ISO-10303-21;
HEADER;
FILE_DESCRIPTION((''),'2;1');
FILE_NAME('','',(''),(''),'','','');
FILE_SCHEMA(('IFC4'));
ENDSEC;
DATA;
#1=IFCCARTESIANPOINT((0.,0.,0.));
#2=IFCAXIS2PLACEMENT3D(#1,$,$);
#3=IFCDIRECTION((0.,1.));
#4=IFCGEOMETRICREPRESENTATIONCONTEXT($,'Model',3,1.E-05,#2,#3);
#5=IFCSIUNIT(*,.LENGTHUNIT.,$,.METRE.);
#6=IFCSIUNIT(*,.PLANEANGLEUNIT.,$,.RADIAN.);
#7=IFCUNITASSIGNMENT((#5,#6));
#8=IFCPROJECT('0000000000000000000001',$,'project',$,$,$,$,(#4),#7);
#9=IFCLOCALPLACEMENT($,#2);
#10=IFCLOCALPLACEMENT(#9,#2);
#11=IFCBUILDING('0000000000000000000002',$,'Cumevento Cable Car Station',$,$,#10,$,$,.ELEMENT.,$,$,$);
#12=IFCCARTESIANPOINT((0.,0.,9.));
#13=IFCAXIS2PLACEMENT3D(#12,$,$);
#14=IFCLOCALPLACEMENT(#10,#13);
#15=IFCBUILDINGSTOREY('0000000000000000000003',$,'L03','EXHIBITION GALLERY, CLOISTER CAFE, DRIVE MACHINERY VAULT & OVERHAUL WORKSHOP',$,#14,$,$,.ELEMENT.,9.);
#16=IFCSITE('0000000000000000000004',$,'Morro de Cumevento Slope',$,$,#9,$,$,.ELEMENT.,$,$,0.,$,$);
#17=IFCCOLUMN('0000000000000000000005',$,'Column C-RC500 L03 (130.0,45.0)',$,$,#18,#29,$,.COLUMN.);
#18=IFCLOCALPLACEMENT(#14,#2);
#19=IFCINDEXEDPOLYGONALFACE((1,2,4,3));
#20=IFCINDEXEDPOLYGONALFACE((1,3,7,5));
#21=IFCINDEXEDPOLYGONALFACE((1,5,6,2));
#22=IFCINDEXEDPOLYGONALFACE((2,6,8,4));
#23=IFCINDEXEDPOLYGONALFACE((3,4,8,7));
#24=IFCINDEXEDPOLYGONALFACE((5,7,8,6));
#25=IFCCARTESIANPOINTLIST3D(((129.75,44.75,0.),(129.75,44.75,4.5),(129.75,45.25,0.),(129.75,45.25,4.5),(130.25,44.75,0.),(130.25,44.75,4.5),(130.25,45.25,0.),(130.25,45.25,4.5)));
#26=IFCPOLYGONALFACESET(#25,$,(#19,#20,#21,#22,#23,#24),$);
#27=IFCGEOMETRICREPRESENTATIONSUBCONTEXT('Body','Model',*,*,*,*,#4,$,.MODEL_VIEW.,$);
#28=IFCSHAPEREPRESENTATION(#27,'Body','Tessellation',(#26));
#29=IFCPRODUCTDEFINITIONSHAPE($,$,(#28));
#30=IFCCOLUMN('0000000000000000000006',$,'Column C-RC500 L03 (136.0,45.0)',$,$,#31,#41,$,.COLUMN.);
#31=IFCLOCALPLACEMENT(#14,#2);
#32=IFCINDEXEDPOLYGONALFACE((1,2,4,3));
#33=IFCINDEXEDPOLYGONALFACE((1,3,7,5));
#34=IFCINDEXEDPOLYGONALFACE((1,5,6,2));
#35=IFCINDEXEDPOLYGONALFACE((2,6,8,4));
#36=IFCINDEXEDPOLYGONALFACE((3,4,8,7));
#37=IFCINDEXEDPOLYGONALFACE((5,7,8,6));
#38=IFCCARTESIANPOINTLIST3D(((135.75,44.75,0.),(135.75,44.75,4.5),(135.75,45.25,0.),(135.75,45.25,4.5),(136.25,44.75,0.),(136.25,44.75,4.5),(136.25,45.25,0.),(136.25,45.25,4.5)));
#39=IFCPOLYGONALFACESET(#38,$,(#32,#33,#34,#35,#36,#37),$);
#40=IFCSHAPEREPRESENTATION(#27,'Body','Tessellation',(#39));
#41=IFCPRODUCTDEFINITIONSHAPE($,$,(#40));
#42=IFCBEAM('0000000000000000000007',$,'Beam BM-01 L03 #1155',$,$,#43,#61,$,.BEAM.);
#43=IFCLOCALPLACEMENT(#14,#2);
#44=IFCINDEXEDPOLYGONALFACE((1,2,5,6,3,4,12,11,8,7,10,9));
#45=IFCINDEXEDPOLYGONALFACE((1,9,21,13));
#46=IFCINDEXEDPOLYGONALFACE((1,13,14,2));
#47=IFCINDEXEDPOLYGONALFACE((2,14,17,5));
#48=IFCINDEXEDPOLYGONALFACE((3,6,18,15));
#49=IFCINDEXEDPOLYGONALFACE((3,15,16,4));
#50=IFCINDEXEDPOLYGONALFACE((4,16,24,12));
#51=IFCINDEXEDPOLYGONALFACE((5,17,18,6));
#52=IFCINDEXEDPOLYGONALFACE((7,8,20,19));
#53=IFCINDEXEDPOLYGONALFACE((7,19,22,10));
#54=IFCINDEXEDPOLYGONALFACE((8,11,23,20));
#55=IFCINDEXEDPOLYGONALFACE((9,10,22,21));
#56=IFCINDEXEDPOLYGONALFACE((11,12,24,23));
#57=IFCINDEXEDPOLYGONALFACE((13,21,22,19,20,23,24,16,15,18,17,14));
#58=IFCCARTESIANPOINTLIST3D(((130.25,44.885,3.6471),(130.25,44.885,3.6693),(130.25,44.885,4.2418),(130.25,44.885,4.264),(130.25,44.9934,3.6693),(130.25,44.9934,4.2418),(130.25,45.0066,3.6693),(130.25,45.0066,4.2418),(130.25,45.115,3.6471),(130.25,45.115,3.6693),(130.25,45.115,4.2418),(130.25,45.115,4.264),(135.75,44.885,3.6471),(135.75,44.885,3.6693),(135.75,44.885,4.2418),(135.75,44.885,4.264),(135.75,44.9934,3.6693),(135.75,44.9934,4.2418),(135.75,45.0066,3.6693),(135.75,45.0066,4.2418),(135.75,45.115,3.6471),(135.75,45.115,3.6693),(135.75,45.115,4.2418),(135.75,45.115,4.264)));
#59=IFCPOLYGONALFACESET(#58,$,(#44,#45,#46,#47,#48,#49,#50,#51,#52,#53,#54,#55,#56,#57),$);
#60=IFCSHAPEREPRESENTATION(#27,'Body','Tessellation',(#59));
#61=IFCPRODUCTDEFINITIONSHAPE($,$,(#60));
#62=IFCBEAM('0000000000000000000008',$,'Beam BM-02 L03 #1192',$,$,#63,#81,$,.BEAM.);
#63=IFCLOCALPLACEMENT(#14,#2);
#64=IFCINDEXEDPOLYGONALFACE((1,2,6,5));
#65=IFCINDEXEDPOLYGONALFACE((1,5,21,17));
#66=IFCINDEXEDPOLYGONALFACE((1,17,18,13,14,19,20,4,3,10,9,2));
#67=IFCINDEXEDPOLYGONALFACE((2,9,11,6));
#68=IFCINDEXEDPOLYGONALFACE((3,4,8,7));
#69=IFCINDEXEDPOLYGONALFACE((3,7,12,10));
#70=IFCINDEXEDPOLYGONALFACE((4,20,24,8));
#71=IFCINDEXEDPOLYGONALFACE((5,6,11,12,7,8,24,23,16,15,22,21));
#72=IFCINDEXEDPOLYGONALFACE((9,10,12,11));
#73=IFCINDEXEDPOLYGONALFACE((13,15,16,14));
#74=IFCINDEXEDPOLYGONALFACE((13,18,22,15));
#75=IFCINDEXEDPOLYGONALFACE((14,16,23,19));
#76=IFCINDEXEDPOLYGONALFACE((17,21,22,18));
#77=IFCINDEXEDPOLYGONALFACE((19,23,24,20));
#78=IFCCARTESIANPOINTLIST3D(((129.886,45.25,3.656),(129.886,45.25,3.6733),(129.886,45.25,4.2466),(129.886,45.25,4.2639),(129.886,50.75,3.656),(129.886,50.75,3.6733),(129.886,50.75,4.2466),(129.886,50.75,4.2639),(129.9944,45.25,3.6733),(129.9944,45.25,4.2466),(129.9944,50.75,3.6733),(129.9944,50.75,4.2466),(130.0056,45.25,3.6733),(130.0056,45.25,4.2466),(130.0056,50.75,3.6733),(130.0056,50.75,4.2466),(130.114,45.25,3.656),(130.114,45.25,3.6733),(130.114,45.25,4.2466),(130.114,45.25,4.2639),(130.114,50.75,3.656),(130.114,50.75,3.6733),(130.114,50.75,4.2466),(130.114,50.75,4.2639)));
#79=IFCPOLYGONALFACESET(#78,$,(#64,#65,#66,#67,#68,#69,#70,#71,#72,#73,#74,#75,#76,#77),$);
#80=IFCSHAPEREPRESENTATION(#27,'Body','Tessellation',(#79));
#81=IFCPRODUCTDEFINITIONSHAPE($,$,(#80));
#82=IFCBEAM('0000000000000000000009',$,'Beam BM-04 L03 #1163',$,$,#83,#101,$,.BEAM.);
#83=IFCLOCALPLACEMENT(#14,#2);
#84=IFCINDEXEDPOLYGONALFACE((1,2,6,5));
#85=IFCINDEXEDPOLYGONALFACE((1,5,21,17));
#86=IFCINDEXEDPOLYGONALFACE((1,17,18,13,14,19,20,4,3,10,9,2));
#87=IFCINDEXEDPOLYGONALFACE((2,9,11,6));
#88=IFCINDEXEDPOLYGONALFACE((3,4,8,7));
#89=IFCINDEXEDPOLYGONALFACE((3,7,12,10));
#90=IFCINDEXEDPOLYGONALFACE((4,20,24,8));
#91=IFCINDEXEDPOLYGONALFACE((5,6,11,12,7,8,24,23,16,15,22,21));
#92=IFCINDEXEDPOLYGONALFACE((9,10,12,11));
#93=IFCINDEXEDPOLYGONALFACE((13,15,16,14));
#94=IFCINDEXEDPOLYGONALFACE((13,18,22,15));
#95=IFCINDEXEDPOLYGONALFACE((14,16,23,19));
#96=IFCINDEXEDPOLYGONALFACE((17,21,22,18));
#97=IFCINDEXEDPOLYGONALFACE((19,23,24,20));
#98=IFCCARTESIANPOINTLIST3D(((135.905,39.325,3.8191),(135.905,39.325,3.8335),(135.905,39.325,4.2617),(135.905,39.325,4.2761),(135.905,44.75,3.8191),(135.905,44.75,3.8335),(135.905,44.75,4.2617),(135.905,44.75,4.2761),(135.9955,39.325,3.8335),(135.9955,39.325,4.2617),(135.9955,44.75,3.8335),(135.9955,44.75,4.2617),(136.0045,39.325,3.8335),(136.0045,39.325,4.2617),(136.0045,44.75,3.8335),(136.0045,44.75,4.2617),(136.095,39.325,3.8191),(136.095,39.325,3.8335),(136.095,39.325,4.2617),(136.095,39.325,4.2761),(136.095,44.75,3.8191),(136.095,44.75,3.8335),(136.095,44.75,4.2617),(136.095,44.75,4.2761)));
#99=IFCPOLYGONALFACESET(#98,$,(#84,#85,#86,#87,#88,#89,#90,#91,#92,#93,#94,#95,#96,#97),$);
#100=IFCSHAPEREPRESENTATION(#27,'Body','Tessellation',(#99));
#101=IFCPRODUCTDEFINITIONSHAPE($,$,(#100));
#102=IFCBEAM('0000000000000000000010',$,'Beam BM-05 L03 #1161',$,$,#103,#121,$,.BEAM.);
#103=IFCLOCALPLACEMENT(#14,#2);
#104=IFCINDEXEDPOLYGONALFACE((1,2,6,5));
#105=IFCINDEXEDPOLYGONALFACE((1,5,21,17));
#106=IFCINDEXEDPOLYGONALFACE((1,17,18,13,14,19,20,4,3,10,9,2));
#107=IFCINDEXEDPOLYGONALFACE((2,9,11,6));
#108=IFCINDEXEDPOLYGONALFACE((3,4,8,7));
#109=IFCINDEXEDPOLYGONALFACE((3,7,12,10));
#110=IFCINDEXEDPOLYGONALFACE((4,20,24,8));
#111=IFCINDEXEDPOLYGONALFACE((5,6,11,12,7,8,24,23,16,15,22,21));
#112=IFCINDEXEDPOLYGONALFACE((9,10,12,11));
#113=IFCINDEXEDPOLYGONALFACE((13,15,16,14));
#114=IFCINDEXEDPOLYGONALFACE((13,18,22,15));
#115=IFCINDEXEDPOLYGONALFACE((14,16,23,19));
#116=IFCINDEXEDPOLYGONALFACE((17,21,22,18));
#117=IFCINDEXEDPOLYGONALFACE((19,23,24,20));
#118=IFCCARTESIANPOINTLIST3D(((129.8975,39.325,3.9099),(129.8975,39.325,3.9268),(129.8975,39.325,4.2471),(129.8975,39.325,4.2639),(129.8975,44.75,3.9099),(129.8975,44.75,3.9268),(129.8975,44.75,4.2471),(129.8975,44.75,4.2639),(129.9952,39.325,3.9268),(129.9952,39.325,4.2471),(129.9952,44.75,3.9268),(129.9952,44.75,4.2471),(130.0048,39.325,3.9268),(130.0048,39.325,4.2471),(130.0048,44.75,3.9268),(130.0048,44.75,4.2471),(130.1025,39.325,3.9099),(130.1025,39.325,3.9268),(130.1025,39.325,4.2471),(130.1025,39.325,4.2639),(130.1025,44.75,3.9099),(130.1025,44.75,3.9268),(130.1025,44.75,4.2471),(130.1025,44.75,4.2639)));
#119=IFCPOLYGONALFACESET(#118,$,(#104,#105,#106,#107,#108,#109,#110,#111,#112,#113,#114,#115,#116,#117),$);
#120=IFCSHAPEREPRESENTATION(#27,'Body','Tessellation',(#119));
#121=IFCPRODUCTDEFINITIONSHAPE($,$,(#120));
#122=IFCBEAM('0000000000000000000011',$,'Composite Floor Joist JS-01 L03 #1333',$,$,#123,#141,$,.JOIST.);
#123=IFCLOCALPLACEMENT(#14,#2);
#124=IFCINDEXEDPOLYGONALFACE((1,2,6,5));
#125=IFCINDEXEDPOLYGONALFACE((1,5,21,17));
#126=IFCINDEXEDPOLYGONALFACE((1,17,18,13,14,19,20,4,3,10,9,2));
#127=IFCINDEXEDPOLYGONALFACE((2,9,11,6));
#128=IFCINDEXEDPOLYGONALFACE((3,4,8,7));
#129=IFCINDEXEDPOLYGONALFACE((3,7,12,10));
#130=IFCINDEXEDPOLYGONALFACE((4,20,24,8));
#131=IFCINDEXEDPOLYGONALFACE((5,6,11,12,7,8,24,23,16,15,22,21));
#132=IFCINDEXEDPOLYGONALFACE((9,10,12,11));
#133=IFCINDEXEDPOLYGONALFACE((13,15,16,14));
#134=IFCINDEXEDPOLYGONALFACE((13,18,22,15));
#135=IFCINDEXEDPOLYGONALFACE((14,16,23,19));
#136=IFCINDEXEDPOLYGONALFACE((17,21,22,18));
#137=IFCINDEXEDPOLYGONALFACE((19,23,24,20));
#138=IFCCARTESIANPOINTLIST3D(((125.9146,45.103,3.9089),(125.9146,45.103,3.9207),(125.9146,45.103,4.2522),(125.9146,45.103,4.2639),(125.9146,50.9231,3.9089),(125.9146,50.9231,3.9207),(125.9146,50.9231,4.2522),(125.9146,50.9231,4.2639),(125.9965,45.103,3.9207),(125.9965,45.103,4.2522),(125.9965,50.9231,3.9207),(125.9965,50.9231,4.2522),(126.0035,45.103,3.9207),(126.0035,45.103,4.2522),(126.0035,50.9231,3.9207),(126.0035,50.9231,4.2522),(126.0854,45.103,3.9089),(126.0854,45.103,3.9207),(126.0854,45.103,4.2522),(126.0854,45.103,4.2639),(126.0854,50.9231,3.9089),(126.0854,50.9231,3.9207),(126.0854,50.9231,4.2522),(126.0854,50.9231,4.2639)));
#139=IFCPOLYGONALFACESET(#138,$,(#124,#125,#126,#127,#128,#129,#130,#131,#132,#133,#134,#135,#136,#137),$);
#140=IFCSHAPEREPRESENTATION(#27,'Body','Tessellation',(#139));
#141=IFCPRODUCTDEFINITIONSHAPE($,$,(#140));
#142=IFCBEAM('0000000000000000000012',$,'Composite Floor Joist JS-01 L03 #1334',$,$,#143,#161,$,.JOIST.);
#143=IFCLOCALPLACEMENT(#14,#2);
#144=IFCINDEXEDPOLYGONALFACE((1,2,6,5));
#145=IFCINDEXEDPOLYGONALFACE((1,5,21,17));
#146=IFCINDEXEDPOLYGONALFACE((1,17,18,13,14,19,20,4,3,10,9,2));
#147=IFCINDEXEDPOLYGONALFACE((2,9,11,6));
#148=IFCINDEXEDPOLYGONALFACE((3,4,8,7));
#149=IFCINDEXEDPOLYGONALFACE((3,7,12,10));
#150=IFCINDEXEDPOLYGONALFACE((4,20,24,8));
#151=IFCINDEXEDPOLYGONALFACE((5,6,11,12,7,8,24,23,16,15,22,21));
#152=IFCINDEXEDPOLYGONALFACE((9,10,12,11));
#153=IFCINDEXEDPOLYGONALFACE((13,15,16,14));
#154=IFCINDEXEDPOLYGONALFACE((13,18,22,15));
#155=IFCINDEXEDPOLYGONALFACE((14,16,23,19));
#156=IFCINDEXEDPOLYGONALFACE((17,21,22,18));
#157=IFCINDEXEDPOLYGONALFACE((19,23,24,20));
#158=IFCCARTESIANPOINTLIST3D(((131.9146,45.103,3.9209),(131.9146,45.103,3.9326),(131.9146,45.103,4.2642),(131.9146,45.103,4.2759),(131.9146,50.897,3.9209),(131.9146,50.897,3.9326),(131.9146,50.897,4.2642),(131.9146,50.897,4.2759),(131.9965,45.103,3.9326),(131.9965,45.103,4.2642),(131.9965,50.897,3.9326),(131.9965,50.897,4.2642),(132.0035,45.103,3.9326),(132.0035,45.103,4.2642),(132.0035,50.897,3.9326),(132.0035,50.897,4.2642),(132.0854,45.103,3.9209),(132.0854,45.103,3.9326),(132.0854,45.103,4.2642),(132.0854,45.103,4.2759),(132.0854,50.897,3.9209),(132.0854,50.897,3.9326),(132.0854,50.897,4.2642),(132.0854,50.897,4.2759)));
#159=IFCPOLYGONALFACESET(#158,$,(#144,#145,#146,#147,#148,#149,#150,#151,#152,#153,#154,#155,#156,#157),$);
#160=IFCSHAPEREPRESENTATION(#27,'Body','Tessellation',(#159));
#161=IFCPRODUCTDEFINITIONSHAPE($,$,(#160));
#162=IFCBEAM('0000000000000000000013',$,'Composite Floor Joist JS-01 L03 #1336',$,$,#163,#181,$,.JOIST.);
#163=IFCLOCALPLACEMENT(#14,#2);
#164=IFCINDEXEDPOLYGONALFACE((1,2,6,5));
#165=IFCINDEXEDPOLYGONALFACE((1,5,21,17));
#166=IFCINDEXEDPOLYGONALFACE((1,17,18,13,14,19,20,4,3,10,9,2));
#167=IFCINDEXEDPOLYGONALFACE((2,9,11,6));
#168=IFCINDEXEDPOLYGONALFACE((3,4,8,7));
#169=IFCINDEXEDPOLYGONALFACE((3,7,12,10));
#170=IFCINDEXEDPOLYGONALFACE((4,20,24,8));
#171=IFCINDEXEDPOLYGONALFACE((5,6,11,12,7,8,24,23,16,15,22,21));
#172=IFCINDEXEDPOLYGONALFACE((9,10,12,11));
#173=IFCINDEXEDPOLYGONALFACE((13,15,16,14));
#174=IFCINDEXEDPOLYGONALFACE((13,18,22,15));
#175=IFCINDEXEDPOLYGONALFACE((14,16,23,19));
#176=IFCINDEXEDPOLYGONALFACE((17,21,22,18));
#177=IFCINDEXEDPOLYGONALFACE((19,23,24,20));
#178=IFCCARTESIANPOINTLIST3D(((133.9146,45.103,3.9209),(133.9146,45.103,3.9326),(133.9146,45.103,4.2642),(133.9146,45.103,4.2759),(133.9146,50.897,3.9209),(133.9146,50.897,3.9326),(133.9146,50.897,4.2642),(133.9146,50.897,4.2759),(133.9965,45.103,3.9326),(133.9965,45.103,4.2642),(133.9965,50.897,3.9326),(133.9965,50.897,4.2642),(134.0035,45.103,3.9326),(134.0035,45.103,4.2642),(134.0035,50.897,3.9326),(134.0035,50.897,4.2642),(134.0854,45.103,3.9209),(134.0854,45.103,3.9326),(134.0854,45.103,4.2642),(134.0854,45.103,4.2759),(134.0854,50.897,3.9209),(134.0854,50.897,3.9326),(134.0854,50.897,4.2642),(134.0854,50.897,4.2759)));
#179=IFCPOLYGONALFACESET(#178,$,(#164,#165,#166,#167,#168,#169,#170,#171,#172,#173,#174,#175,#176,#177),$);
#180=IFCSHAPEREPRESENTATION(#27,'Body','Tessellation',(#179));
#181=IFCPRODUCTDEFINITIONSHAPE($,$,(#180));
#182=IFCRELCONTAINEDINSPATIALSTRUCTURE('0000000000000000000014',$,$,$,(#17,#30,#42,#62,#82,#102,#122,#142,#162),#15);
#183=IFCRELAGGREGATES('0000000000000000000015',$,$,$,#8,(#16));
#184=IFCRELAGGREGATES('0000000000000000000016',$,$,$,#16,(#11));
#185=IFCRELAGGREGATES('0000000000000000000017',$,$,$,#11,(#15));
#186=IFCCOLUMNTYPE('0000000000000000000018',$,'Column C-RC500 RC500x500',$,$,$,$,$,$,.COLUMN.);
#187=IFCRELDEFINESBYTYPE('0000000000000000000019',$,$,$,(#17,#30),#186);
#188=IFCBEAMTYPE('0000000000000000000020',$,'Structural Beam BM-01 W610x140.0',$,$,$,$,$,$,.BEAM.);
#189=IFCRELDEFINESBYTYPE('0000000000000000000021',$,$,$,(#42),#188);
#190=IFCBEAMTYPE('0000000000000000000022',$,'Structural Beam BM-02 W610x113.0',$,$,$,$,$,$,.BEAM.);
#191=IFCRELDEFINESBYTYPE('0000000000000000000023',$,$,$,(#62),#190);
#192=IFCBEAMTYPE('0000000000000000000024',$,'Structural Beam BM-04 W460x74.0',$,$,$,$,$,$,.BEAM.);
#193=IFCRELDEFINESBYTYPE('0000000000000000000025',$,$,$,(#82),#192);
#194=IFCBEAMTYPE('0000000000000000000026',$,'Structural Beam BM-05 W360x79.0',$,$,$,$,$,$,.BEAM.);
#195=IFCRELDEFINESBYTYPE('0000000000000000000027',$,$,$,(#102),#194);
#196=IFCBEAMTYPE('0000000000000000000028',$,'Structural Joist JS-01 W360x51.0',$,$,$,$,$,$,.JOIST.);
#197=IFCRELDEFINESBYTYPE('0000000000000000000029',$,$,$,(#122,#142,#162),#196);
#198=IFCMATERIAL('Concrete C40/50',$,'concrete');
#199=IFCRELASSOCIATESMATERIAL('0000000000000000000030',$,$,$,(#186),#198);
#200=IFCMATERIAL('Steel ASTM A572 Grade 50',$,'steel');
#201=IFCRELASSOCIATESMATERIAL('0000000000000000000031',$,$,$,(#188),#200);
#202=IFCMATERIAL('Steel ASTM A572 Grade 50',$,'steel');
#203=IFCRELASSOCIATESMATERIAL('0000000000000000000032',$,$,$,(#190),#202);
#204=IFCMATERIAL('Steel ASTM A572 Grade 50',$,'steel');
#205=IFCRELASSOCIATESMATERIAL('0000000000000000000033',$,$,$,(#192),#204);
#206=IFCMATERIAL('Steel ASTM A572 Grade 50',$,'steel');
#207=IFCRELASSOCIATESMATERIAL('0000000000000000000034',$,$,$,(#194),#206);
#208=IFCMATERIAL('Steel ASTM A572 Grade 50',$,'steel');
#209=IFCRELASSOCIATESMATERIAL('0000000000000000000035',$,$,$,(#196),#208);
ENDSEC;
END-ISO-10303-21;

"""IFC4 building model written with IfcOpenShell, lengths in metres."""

from ifc_helpers import new_model, si_unit, direction, frame, origin, origin_2d, place, context, subcontext, project, spatial, rectangle, i_section, extrude, material, material_profile, profile_set, type_object, element, save


model = new_model("IFC4")

# Units and contexts
model_context = context("Model", 3, precision=1e-05, world=origin(), true_north=direction((0.0, 1.0)))
body_context = subcontext(model_context, "Body", "Model", "MODEL_VIEW")
ifc_project = project(units=[si_unit("LENGTHUNIT", "METRE"), si_unit("PLANEANGLEUNIT", "RADIAN")], contexts=[model_context])

# Site, building, storey
site_placement = place(None, origin())
site = spatial("IfcSite", under=ifc_project, at=site_placement, Name="Morro de Cumevento Slope", CompositionType="ELEMENT", RefElevation=0.0)
building_placement = place(site_placement, origin())
building = spatial("IfcBuilding", under=site, at=building_placement, Name="Cumevento Cable Car Station", CompositionType="ELEMENT")
storey_placement = place(building_placement, frame((0.0, 0.0, 9.0)))
storey = spatial("IfcBuildingStorey", under=building, at=storey_placement, Name="L03", Description="EXHIBITION GALLERY, CLOISTER CAFE, DRIVE MACHINERY VAULT & OVERHAUL WORKSHOP", CompositionType="ELEMENT", Elevation=9.0)

# Columns
ifc_material_1 = material(Name="Concrete C40/50", Category="concrete")
ifc_material_profile_1 = material_profile(ifc_material_1, rectangle(XDim=0.5, YDim=0.5, at=origin_2d()), Name="RC500x500")
ifc_profile_set_1 = profile_set([ifc_material_profile_1], Name="Concrete C40/50")
column_type = type_object("IfcColumnType", Name="Column C-RC500 RC500x500", PredefinedType="COLUMN", material=ifc_profile_set_1)
for number, where, z_axis, x_axis, name in (
    (1, (130.0, 45.0, 0.0), (0.0, 0.0, 1.0), (1.0, 0.0, 0.0), "Column C-RC500 L03 (130.0,45.0)"),
    (2, (136.0, 45.0, 0.0), (0.0, 0.0, 1.0), (1.0, 0.0, 0.0), "Column C-RC500 L03 (136.0,45.0)"),
):
    element("IfcColumn", number, at=place(storey_placement, frame(where, z_axis=z_axis, x_axis=x_axis)), inside=storey, type_object=column_type, Name=name, PredefinedType="COLUMN", context=body_context, shape_type="SweptSolid", body=[
        extrude(rectangle(XDim=0.5, YDim=0.5, at=origin_2d()), origin(), (0.0, 0.0, 1.0), 4.5),
    ])

# Beams
ifc_material_2 = material(Name="Steel ASTM A572 Grade 50", Category="steel")
ifc_material_profile_2 = material_profile(ifc_material_2, i_section(OverallWidth=0.23, OverallDepth=0.6169, WebThickness=0.0132, FlangeThickness=0.0222, at=origin_2d()), Name="W610x140.0")
ifc_profile_set_2 = profile_set([ifc_material_profile_2], Name="Steel ASTM A572 Grade 50")
beam_type_1 = type_object("IfcBeamType", Name="Structural Beam BM-01 W610x140.0", PredefinedType="BEAM", material=ifc_profile_set_2)
beam_1_placement = place(storey_placement, frame((130.25, 45.0, 3.9556), z_axis=(1.0, 0.0, 0.0), x_axis=(0.0, 1.0, 0.0)))
element("IfcBeam", 3, at=beam_1_placement, inside=storey, type_object=beam_type_1, Name="Beam BM-01 L03 #1155", PredefinedType="BEAM", context=body_context, shape_type="SweptSolid", body=[
    extrude(i_section(OverallWidth=0.23, OverallDepth=0.6169, WebThickness=0.0132, FlangeThickness=0.0222, at=origin_2d()), origin(), (0.0, 0.0, 1.0), 5.5),
])
ifc_material_3 = material(Name="Steel ASTM A572 Grade 50", Category="steel")
ifc_material_profile_3 = material_profile(ifc_material_3, i_section(OverallWidth=0.228, OverallDepth=0.6079, WebThickness=0.0112, FlangeThickness=0.0173, at=origin_2d()), Name="W610x113.0")
ifc_profile_set_3 = profile_set([ifc_material_profile_3], Name="Steel ASTM A572 Grade 50")
beam_type_2 = type_object("IfcBeamType", Name="Structural Beam BM-02 W610x113.0", PredefinedType="BEAM", material=ifc_profile_set_3)
beam_2_placement = place(storey_placement, frame((130.0, 45.25, 3.96), z_axis=(0.0, 1.0, 0.0), x_axis=(-1.0, 0.0, 0.0)))
element("IfcBeam", 4, at=beam_2_placement, inside=storey, type_object=beam_type_2, Name="Beam BM-02 L03 #1192", PredefinedType="BEAM", context=body_context, shape_type="SweptSolid", body=[
    extrude(i_section(OverallWidth=0.228, OverallDepth=0.6079, WebThickness=0.0112, FlangeThickness=0.0173, at=origin_2d()), origin(), (0.0, 0.0, 1.0), 5.5),
])
ifc_material_4 = material(Name="Steel ASTM A572 Grade 50", Category="steel")
ifc_material_profile_4 = material_profile(ifc_material_4, i_section(OverallWidth=0.1899, OverallDepth=0.457, WebThickness=0.009, FlangeThickness=0.0144, at=origin_2d()), Name="W460x74.0")
ifc_profile_set_4 = profile_set([ifc_material_profile_4], Name="Steel ASTM A572 Grade 50")
beam_type_3 = type_object("IfcBeamType", Name="Structural Beam BM-04 W460x74.0", PredefinedType="BEAM", material=ifc_profile_set_4)
beam_3_placement = place(storey_placement, frame((136.0, 39.325, 4.0476), z_axis=(0.0, 1.0, 0.0), x_axis=(-1.0, 0.0, 0.0)))
element("IfcBeam", 5, at=beam_3_placement, inside=storey, type_object=beam_type_3, Name="Beam BM-04 L03 #1163", PredefinedType="BEAM", context=body_context, shape_type="SweptSolid", body=[
    extrude(i_section(OverallWidth=0.1899, OverallDepth=0.457, WebThickness=0.009, FlangeThickness=0.0144, at=origin_2d()), origin(), (0.0, 0.0, 1.0), 5.425),
])
ifc_material_5 = material(Name="Steel ASTM A572 Grade 50", Category="steel")
ifc_material_profile_5 = material_profile(ifc_material_5, i_section(OverallWidth=0.2051, OverallDepth=0.354, WebThickness=0.0095, FlangeThickness=0.0168, at=origin_2d()), Name="W360x79.0")
ifc_profile_set_5 = profile_set([ifc_material_profile_5], Name="Steel ASTM A572 Grade 50")
beam_type_4 = type_object("IfcBeamType", Name="Structural Beam BM-05 W360x79.0", PredefinedType="BEAM", material=ifc_profile_set_5)
beam_4_placement = place(storey_placement, frame((130.0, 39.325, 4.0869), z_axis=(0.0, 1.0, 0.0), x_axis=(-1.0, 0.0, 0.0)))
element("IfcBeam", 6, at=beam_4_placement, inside=storey, type_object=beam_type_4, Name="Beam BM-05 L03 #1161", PredefinedType="BEAM", context=body_context, shape_type="SweptSolid", body=[
    extrude(i_section(OverallWidth=0.2051, OverallDepth=0.354, WebThickness=0.0095, FlangeThickness=0.0168, at=origin_2d()), origin(), (0.0, 0.0, 1.0), 5.425),
])
ifc_material_6 = material(Name="Steel ASTM A572 Grade 50", Category="steel")
ifc_material_profile_6 = material_profile(ifc_material_6, i_section(OverallWidth=0.1709, OverallDepth=0.355, WebThickness=0.0071, FlangeThickness=0.0117, at=origin_2d()), Name="W360x51.0")
ifc_profile_set_6 = profile_set([ifc_material_profile_6], Name="Steel ASTM A572 Grade 50")
beam_type_5 = type_object("IfcBeamType", Name="Structural Joist JS-01 W360x51.0", PredefinedType="JOIST", material=ifc_profile_set_6)
beam_5_placement = place(storey_placement, frame((126.0, 45.103, 4.0864), z_axis=(0.0, 1.0, 0.0), x_axis=(-1.0, 0.0, 0.0)))
element("IfcBeam", 7, at=beam_5_placement, inside=storey, type_object=beam_type_5, Name="Composite Floor Joist JS-01 L03 #1333", PredefinedType="JOIST", context=body_context, shape_type="SweptSolid", body=[
    extrude(i_section(OverallWidth=0.1709, OverallDepth=0.355, WebThickness=0.0071, FlangeThickness=0.0117, at=origin_2d()), origin(), (0.0, 0.0, 1.0), 5.8201),
])
for number, where, z_axis, x_axis, name in (
    (8, (132.0, 45.103, 4.0984), (0.0, 1.0, 0.0), (-1.0, 0.0, 0.0), "Composite Floor Joist JS-01 L03 #1334"),
    (9, (134.0, 45.103, 4.0984), (0.0, 1.0, 0.0), (-1.0, 0.0, 0.0), "Composite Floor Joist JS-01 L03 #1336"),
):
    element("IfcBeam", number, at=place(storey_placement, frame(where, z_axis=z_axis, x_axis=x_axis)), inside=storey, type_object=beam_type_5, Name=name, PredefinedType="JOIST", context=body_context, shape_type="SweptSolid", body=[
        extrude(i_section(OverallWidth=0.1709, OverallDepth=0.355, WebThickness=0.0071, FlangeThickness=0.0117, at=origin_2d()), origin(), (0.0, 0.0, 1.0), 5.7939),
    ])

save(model, "model.ifc")
